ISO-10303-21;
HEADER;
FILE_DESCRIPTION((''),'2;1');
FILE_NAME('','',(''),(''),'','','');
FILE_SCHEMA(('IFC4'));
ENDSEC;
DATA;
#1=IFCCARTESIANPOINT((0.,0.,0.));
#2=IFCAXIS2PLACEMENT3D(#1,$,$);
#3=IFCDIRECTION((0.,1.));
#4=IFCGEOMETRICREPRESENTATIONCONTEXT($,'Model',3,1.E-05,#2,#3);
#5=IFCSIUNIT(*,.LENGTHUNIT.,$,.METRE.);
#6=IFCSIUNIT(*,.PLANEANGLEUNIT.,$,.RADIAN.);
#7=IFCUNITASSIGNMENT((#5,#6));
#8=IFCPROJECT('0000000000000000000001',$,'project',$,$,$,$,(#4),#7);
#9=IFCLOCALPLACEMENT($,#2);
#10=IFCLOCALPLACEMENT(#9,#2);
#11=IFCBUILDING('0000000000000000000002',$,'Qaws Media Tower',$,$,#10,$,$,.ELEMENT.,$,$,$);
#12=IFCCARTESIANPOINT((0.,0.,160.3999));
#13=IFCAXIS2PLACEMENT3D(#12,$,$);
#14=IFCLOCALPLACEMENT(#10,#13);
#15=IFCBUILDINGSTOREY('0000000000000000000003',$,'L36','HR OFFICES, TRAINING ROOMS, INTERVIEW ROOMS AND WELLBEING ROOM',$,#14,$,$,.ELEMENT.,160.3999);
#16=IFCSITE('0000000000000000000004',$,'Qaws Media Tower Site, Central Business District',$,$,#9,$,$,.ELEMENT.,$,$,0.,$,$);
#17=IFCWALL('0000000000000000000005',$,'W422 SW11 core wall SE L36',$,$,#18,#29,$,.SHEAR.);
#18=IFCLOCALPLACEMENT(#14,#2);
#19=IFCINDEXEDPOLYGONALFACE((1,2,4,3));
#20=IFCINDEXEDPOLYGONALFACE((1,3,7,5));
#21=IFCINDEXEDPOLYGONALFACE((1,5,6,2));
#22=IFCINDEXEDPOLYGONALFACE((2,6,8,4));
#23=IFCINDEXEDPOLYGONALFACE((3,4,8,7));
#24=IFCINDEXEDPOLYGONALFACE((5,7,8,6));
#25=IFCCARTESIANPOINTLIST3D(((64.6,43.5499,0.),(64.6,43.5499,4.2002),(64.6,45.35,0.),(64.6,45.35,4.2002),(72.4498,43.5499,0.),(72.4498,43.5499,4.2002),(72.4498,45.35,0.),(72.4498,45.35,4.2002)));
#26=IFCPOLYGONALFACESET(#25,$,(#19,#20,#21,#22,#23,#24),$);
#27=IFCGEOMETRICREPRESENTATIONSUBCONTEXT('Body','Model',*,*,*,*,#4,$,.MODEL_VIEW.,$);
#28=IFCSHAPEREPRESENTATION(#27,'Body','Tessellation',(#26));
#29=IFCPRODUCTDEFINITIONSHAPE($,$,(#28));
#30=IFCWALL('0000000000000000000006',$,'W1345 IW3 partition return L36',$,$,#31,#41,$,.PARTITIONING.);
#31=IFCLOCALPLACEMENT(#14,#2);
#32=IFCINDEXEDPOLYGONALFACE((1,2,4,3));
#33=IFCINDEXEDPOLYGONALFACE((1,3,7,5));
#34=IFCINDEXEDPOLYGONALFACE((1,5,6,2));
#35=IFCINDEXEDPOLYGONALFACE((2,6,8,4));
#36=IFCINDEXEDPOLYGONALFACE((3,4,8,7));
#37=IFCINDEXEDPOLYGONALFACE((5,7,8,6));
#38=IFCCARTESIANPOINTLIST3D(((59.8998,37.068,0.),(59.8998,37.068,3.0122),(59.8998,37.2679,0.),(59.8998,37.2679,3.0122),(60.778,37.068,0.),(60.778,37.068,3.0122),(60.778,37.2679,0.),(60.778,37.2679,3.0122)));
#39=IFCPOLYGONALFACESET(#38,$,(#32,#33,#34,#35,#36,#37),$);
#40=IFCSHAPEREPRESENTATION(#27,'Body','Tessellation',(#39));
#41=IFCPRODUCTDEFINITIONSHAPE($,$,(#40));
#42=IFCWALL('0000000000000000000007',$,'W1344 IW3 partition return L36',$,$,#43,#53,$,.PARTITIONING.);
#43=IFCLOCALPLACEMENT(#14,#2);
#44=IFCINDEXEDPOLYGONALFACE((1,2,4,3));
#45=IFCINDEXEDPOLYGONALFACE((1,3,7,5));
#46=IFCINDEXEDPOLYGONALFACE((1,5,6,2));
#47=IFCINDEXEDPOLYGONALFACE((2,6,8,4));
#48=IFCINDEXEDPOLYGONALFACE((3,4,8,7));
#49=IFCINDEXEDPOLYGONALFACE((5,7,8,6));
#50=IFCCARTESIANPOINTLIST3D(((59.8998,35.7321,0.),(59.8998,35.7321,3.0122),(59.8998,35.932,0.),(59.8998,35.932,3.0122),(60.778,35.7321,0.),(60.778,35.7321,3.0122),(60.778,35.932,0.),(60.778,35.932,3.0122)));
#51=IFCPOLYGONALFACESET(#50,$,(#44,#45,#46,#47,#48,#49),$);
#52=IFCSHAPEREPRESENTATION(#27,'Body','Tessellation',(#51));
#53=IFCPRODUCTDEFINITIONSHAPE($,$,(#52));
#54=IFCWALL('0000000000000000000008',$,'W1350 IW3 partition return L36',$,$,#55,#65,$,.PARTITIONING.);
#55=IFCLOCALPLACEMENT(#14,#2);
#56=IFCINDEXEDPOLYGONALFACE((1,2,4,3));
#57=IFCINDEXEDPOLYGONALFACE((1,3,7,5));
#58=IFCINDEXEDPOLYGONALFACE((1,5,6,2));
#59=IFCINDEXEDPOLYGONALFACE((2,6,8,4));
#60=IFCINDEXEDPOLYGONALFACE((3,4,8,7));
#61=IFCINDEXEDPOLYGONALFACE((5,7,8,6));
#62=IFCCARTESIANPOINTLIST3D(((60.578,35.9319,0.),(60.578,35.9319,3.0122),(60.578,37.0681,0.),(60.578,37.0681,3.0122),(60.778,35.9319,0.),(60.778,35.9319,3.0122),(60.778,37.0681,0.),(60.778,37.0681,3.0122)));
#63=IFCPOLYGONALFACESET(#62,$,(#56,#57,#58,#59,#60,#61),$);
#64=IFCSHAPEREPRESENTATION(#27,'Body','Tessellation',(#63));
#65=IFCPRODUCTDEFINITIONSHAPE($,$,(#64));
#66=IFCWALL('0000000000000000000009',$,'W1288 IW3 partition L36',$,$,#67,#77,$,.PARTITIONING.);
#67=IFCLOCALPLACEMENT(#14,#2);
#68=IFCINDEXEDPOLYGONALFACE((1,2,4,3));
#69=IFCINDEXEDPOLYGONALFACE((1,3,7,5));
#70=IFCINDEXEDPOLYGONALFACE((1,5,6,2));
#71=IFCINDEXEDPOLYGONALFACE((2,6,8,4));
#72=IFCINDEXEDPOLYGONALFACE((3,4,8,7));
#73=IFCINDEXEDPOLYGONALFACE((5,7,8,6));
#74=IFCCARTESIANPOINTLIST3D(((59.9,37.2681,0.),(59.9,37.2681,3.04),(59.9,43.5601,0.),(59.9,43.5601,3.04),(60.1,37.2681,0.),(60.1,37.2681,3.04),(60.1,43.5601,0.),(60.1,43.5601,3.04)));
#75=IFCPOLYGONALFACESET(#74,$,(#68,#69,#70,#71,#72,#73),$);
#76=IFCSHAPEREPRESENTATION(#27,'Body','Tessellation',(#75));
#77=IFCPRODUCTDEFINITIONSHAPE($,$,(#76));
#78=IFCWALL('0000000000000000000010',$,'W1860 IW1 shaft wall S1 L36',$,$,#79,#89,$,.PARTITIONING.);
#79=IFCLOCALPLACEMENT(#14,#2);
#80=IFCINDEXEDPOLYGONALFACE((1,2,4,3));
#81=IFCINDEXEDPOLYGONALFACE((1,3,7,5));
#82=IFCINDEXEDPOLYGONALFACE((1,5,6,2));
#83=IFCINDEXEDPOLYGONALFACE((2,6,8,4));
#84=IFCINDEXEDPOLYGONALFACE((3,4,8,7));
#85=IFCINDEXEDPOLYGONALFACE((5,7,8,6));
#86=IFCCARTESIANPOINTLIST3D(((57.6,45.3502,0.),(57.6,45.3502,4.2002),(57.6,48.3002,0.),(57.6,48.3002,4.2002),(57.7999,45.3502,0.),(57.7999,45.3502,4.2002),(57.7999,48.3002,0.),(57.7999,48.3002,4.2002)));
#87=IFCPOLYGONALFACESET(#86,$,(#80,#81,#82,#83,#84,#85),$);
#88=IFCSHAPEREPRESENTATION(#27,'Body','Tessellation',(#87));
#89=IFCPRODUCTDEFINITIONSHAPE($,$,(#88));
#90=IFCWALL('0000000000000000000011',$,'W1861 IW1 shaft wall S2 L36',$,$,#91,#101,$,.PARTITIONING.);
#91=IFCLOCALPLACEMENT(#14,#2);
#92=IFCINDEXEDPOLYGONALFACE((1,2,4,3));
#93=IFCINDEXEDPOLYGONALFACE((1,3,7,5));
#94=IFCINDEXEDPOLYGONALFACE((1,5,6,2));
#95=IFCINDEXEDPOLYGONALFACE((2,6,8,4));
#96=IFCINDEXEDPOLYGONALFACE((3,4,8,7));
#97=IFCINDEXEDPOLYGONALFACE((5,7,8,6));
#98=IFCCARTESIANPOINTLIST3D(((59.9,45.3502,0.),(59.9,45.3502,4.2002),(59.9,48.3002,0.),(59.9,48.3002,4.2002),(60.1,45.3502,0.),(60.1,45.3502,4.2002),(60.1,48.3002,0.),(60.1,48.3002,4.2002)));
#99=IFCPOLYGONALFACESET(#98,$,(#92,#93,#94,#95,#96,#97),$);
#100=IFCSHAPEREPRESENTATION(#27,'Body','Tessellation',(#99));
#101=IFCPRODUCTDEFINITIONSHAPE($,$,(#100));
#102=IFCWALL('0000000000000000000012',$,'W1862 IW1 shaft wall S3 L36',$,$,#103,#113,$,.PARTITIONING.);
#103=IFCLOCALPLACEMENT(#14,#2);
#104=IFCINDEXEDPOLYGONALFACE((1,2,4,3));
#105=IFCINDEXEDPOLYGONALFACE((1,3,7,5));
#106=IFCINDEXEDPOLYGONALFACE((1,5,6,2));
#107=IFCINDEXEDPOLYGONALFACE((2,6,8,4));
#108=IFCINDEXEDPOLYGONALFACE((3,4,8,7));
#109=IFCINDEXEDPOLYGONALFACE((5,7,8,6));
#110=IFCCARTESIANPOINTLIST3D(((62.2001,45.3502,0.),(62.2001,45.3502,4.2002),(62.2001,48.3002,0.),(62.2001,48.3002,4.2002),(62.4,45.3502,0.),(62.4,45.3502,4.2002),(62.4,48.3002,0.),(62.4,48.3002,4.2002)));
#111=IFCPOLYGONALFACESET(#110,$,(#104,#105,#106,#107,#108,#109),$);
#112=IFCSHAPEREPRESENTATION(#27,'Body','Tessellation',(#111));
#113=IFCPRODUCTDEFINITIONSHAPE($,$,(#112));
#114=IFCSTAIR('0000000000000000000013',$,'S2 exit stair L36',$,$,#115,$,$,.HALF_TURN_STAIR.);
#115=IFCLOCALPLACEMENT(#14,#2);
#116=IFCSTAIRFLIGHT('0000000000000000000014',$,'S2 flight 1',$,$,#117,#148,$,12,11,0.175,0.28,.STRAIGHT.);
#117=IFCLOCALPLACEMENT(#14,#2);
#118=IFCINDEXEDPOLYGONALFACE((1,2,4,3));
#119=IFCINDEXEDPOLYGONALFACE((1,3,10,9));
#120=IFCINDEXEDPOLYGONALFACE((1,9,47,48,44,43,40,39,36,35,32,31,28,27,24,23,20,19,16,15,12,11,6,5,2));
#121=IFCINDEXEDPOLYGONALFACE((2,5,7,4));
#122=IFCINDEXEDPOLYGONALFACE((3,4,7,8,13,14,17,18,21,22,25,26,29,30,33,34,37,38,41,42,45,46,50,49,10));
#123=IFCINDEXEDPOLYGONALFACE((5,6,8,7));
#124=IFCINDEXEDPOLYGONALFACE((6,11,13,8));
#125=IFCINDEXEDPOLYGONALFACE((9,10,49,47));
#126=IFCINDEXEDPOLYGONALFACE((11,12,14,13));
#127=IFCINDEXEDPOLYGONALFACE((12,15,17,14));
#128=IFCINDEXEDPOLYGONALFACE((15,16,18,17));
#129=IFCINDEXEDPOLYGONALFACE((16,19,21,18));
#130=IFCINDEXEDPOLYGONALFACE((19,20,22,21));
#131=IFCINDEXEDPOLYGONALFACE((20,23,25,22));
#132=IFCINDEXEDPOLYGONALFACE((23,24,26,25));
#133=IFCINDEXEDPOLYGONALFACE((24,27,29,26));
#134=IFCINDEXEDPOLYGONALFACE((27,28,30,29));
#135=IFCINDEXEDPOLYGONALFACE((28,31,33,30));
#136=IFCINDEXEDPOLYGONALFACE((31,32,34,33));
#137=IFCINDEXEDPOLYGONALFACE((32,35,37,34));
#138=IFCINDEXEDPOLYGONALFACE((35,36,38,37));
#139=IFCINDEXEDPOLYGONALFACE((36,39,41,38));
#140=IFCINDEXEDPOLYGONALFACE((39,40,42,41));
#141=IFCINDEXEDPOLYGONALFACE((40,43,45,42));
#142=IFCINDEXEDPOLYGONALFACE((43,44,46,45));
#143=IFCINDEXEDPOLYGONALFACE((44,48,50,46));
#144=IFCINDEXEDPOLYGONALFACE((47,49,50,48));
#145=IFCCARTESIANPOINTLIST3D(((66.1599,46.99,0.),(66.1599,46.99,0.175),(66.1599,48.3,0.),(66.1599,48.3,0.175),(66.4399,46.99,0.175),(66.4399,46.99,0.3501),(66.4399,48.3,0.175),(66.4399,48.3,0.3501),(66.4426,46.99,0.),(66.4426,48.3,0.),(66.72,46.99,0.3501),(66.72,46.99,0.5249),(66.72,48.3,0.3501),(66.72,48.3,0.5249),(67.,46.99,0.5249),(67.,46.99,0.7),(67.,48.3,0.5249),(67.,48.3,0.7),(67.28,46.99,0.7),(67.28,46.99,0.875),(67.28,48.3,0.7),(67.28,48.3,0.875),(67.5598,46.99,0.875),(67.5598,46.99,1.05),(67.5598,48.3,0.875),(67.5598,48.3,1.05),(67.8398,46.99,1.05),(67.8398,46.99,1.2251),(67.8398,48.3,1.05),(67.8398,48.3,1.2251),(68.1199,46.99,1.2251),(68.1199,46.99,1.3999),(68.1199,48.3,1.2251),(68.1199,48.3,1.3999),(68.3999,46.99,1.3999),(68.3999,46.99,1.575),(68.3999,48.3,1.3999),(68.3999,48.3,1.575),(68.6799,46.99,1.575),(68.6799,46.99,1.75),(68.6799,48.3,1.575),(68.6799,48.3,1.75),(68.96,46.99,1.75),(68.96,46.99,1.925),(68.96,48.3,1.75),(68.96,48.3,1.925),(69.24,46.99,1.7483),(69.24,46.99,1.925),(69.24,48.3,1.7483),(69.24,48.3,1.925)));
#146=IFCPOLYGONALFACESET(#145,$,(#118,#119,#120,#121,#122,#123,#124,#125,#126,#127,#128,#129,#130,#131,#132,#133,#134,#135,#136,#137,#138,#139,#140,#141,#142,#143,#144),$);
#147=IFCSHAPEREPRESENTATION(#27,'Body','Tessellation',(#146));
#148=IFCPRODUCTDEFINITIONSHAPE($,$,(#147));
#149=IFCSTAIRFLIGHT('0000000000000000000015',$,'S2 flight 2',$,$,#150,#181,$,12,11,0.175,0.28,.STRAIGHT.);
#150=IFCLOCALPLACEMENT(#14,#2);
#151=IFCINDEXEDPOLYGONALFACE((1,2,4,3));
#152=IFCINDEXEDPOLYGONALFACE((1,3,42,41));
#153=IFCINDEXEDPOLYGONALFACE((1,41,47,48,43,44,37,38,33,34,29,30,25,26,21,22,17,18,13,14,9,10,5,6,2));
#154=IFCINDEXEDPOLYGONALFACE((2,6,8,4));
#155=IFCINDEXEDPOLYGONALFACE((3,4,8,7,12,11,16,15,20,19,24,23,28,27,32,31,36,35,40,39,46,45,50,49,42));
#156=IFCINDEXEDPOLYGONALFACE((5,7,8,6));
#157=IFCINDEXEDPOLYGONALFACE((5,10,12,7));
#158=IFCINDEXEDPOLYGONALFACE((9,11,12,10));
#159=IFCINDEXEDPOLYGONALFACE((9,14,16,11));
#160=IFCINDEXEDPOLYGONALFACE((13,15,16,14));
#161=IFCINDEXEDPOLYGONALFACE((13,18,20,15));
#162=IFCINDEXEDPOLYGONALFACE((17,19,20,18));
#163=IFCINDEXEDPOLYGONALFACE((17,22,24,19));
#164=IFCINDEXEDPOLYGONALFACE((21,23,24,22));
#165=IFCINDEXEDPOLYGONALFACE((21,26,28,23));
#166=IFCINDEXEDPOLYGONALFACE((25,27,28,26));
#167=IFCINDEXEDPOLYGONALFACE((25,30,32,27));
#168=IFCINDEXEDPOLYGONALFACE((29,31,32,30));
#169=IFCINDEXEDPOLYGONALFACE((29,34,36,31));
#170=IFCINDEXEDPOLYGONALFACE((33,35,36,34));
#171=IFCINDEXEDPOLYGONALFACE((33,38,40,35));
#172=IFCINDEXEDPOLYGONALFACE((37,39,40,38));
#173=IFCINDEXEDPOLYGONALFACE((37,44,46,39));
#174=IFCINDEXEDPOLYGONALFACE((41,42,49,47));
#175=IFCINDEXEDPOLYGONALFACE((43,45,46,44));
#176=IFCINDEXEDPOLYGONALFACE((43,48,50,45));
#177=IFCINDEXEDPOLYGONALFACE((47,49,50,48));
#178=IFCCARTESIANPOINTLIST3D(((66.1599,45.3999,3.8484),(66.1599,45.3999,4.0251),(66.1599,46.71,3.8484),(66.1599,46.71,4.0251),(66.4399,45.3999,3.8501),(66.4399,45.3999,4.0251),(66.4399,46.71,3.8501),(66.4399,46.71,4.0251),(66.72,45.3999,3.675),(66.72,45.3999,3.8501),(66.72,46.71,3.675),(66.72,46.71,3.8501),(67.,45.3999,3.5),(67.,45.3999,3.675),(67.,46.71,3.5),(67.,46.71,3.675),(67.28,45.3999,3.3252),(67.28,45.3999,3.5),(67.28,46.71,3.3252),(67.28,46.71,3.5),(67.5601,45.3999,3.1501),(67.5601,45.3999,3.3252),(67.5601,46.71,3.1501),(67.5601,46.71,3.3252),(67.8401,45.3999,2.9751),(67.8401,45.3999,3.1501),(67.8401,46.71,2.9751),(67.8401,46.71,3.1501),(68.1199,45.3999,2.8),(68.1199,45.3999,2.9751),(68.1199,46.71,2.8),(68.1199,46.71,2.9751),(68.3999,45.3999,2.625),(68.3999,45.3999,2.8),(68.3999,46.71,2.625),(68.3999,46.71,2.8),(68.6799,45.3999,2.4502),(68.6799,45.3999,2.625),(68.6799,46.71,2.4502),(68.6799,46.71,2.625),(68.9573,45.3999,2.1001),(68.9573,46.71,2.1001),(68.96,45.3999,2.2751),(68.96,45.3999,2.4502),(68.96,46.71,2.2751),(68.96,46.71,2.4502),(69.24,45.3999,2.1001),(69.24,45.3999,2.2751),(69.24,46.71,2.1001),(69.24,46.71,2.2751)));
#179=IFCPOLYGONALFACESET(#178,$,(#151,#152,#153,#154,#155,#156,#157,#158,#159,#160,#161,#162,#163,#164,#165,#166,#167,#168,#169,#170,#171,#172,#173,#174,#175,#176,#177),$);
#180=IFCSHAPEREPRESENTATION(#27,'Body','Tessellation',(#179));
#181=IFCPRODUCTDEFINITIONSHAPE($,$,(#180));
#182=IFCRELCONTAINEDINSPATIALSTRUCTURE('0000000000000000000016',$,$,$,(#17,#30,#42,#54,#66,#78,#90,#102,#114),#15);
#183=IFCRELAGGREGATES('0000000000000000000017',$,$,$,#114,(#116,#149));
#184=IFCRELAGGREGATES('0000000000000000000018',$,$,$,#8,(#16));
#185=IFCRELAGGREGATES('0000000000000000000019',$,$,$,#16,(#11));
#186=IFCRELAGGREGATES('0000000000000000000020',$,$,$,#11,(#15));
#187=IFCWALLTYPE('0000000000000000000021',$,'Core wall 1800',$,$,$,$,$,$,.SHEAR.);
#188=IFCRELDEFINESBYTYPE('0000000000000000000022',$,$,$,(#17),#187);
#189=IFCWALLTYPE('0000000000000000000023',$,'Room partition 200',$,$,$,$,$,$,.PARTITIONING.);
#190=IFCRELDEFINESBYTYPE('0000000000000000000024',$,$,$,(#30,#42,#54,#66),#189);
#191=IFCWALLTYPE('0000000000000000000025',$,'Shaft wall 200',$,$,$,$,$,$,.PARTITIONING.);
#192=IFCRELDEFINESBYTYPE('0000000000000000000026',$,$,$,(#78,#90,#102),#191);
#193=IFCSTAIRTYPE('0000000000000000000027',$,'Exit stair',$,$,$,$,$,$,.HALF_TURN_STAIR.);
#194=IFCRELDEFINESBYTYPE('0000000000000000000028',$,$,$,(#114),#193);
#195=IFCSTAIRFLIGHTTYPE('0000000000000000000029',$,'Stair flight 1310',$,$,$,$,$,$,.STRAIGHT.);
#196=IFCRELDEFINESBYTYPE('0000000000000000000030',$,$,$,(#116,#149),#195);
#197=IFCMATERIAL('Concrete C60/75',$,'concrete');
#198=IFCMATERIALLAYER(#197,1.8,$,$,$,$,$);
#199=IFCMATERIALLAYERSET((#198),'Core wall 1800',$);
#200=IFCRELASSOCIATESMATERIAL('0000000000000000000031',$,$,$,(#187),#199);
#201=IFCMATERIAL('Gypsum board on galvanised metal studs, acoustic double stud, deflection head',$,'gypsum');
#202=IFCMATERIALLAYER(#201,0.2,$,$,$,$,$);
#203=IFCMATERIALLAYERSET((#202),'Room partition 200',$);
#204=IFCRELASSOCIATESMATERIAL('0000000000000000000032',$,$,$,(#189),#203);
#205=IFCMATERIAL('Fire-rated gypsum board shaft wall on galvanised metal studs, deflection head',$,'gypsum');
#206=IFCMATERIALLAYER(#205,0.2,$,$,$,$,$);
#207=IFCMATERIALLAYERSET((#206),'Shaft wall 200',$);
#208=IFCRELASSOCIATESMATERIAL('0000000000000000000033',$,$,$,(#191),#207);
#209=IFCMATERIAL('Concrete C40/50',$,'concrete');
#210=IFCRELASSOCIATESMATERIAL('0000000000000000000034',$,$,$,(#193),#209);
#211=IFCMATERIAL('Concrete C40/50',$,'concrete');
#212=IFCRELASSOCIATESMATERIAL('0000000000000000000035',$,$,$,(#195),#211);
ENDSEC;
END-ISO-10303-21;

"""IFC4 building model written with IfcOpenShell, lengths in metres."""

from ifc_helpers import new_model, si_unit, direction, frame, frame_2d, origin, place, context, subcontext, project, spatial, polyline, rectangle, outline, extrude, material, layer, layer_set, type_object, element, aggregate, save


model = new_model("IFC4")

# Units and contexts
model_context = context("Model", 3, precision=1e-05, world=origin(), true_north=direction((0.0, 1.0)))
body_context = subcontext(model_context, "Body", "Model", "MODEL_VIEW")
ifc_project = project(units=[si_unit("LENGTHUNIT", "METRE"), si_unit("PLANEANGLEUNIT", "RADIAN")], contexts=[model_context])

# Site, building, storey
site_placement = place(None, origin())
site = spatial("IfcSite", under=ifc_project, at=site_placement, Name="Qaws Media Tower Site, Central Business District", CompositionType="ELEMENT", RefElevation=0.0)
building_placement = place(site_placement, origin())
building = spatial("IfcBuilding", under=site, at=building_placement, Name="Qaws Media Tower", CompositionType="ELEMENT")
storey_placement = place(building_placement, frame((0.0, 0.0, 160.3999)))
storey = spatial("IfcBuildingStorey", under=building, at=storey_placement, Name="L36", Description="HR OFFICES, TRAINING ROOMS, INTERVIEW ROOMS AND WELLBEING ROOM", CompositionType="ELEMENT", Elevation=160.3999)

# Walls
ifc_material_1 = material(Name="Concrete C60/75", Category="concrete")
ifc_layer_1 = layer(ifc_material_1, 1.8)
ifc_layer_set_1 = layer_set([ifc_layer_1], Name="Core wall 1800")
wall_type_1 = type_object("IfcWallType", Name="Core wall 1800", PredefinedType="SHEAR", material=ifc_layer_set_1)
wall_1_placement = place(storey_placement, frame((64.6001, 44.45, 0.0), z_axis=(0.0, 0.0, 1.0), x_axis=(1.0, 0.0, 0.0)))
element("IfcWall", 1, at=wall_1_placement, inside=storey, type_object=wall_type_1, Name="W422 SW11 core wall SE L36", PredefinedType="SHEAR", context=body_context, shape_type="SweptSolid", body=[
    extrude(rectangle(XDim=7.8499, YDim=1.8, at=frame_2d((3.9248, 0.0))), origin(), (0.0, 0.0, 1.0), 4.2002),
])
ifc_material_2 = material(Name="Gypsum board on galvanised metal studs, acoustic double stud, deflection head", Category="gypsum")
ifc_layer_2 = layer(ifc_material_2, 0.2)
ifc_layer_set_2 = layer_set([ifc_layer_2], Name="Room partition 200")
wall_type_2 = type_object("IfcWallType", Name="Room partition 200", PredefinedType="PARTITIONING", material=ifc_layer_set_2)
for number, where, z_axis, x_axis, name in (
    (2, (59.8999, 37.168, 0.0), (0.0, 0.0, 1.0), (1.0, 0.0, 0.0), "W1345 IW3 partition return L36"),
    (3, (59.8999, 35.832, 0.0), (0.0, 0.0, 1.0), (1.0, 0.0, 0.0), "W1344 IW3 partition return L36"),
):
    element("IfcWall", number, at=place(storey_placement, frame(where, z_axis=z_axis, x_axis=x_axis)), inside=storey, type_object=wall_type_2, Name=name, PredefinedType="PARTITIONING", context=body_context, shape_type="SweptSolid", body=[
        extrude(rectangle(XDim=0.8782, YDim=0.2, at=frame_2d((0.439, 0.0))), origin(), (0.0, 0.0, 1.0), 3.0122),
    ])
wall_2_placement = place(storey_placement, frame((60.678, 37.0681, 0.0), z_axis=(0.0, 0.0, 1.0), x_axis=(0.0, -1.0, 0.0)))
element("IfcWall", 4, at=wall_2_placement, inside=storey, type_object=wall_type_2, Name="W1350 IW3 partition return L36", PredefinedType="PARTITIONING", context=body_context, shape_type="SweptSolid", body=[
    extrude(rectangle(XDim=1.1362, YDim=0.2, at=frame_2d((0.5681, 0.0))), origin(), (0.0, 0.0, 1.0), 3.0122),
])
wall_3_placement = place(storey_placement, frame((60.0, 43.5601, 0.0), z_axis=(0.0, 0.0, 1.0), x_axis=(0.0, -1.0, 0.0)))
element("IfcWall", 5, at=wall_3_placement, inside=storey, type_object=wall_type_2, Name="W1288 IW3 partition L36", PredefinedType="PARTITIONING", context=body_context, shape_type="SweptSolid", body=[
    extrude(rectangle(XDim=6.292, YDim=0.2, at=frame_2d((3.146, 0.0))), origin(), (0.0, 0.0, 1.0), 3.04),
])
ifc_material_3 = material(Name="Fire-rated gypsum board shaft wall on galvanised metal studs, deflection head", Category="gypsum")
ifc_layer_3 = layer(ifc_material_3, 0.2)
ifc_layer_set_3 = layer_set([ifc_layer_3], Name="Shaft wall 200")
wall_type_3 = type_object("IfcWallType", Name="Shaft wall 200", PredefinedType="PARTITIONING", material=ifc_layer_set_3)
for number, where, z_axis, x_axis, name in (
    (6, (57.7, 45.3501, 0.0), (0.0, 0.0, 1.0), (0.0, 1.0, 0.0), "W1860 IW1 shaft wall S1 L36"),
    (7, (60.0, 45.3501, 0.0), (0.0, 0.0, 1.0), (0.0, 1.0, 0.0), "W1861 IW1 shaft wall S2 L36"),
    (8, (62.3, 45.3501, 0.0), (0.0, 0.0, 1.0), (0.0, 1.0, 0.0), "W1862 IW1 shaft wall S3 L36"),
):
    element("IfcWall", number, at=place(storey_placement, frame(where, z_axis=z_axis, x_axis=x_axis)), inside=storey, type_object=wall_type_3, Name=name, PredefinedType="PARTITIONING", context=body_context, shape_type="SweptSolid", body=[
        extrude(rectangle(XDim=2.95, YDim=0.2, at=frame_2d((1.4751, 0.0))), origin(), (0.0, 0.0, 1.0), 4.2002),
    ])

# Stair, stair flights
ifc_material_4 = material(Name="Concrete C40/50", Category="concrete")
stair_type = type_object("IfcStairType", Name="Exit stair", PredefinedType="HALF_TURN_STAIR", material=ifc_material_4)
stair_placement = place(storey_placement, origin())
stair = element("IfcStair", 9, at=stair_placement, inside=storey, type_object=stair_type, Name="S2 exit stair L36", PredefinedType="HALF_TURN_STAIR")
ifc_material_5 = material(Name="Concrete C40/50", Category="concrete")
stair_flight_type = type_object("IfcStairFlightType", Name="Stair flight 1310", PredefinedType="STRAIGHT", material=ifc_material_5)
stair_flight_1_placement = place(storey_placement, frame((66.1599, 47.645, 0.0), z_axis=(0.0, 0.0, 1.0), x_axis=(1.0, 0.0, 0.0)))
stair_flight_1 = element("IfcStairFlight", 10, at=stair_flight_1_placement, type_object=stair_flight_type, Name="S2 flight 1", NumberOfRisers=12, NumberOfTreads=11, PredefinedType="STRAIGHT", RiserHeight=0.175, TreadLength=0.28, context=body_context, shape_type="SweptSolid", body=[
    extrude(outline(polyline([(0.0, 0.0), (0.0, 0.175), (0.28, 0.175), (0.28, 0.3501), (0.5601, 0.3501), (0.5601, 0.5249), (0.8401, 0.5249), (0.8401, 0.7), (1.1201, 0.7), (1.1201, 0.875), (1.3999, 0.875), (1.3999, 1.05), (1.6799, 1.05), (1.6799, 1.2251), (1.96, 1.2251), (1.96, 1.3999), (2.24, 1.3999), (2.24, 1.575), (2.52, 1.575), (2.52, 1.75), (2.8, 1.75), (2.8, 1.925), (3.0801, 1.925), (3.0801, 2.1001), (3.0801, 1.7483), (0.2827, 0.0), (0.0, 0.0)])), frame((0.0, 0.655, 0.0), z_axis=(0.0, -1.0, 0.0), x_axis=(1.0, 0.0, 0.0)), (0.0, 0.0, 1.0), 1.3101),
])
stair_flight_2_placement = place(storey_placement, frame((69.24, 46.0549, 2.1001), z_axis=(0.0, 0.0, 1.0), x_axis=(-1.0, 0.0, 0.0)))
stair_flight_2 = element("IfcStairFlight", 11, at=stair_flight_2_placement, type_object=stair_flight_type, Name="S2 flight 2", NumberOfRisers=12, NumberOfTreads=11, PredefinedType="STRAIGHT", RiserHeight=0.175, TreadLength=0.28, context=body_context, shape_type="SweptSolid", body=[
    extrude(outline(polyline([(0.0, 0.0), (0.0, 0.175), (0.28, 0.175), (0.28, 0.3501), (0.5601, 0.3501), (0.5601, 0.5249), (0.8401, 0.5249), (0.8401, 0.7), (1.1201, 0.7), (1.1201, 0.875), (1.3999, 0.875), (1.3999, 1.05), (1.6799, 1.05), (1.6799, 1.2251), (1.96, 1.2251), (1.96, 1.3999), (2.24, 1.3999), (2.24, 1.575), (2.52, 1.575), (2.52, 1.75), (2.8, 1.75), (2.8, 1.925), (3.0801, 1.925), (3.0801, 2.1001), (3.0801, 1.7483), (0.2827, 0.0), (0.0, 0.0)])), frame((0.0, 0.655, 0.0), z_axis=(0.0, -1.0, 0.0), x_axis=(1.0, 0.0, 0.0)), (0.0, 0.0, 1.0), 1.3101),
])
aggregate(stair, [stair_flight_1, stair_flight_2])

save(model, "model.ifc")
